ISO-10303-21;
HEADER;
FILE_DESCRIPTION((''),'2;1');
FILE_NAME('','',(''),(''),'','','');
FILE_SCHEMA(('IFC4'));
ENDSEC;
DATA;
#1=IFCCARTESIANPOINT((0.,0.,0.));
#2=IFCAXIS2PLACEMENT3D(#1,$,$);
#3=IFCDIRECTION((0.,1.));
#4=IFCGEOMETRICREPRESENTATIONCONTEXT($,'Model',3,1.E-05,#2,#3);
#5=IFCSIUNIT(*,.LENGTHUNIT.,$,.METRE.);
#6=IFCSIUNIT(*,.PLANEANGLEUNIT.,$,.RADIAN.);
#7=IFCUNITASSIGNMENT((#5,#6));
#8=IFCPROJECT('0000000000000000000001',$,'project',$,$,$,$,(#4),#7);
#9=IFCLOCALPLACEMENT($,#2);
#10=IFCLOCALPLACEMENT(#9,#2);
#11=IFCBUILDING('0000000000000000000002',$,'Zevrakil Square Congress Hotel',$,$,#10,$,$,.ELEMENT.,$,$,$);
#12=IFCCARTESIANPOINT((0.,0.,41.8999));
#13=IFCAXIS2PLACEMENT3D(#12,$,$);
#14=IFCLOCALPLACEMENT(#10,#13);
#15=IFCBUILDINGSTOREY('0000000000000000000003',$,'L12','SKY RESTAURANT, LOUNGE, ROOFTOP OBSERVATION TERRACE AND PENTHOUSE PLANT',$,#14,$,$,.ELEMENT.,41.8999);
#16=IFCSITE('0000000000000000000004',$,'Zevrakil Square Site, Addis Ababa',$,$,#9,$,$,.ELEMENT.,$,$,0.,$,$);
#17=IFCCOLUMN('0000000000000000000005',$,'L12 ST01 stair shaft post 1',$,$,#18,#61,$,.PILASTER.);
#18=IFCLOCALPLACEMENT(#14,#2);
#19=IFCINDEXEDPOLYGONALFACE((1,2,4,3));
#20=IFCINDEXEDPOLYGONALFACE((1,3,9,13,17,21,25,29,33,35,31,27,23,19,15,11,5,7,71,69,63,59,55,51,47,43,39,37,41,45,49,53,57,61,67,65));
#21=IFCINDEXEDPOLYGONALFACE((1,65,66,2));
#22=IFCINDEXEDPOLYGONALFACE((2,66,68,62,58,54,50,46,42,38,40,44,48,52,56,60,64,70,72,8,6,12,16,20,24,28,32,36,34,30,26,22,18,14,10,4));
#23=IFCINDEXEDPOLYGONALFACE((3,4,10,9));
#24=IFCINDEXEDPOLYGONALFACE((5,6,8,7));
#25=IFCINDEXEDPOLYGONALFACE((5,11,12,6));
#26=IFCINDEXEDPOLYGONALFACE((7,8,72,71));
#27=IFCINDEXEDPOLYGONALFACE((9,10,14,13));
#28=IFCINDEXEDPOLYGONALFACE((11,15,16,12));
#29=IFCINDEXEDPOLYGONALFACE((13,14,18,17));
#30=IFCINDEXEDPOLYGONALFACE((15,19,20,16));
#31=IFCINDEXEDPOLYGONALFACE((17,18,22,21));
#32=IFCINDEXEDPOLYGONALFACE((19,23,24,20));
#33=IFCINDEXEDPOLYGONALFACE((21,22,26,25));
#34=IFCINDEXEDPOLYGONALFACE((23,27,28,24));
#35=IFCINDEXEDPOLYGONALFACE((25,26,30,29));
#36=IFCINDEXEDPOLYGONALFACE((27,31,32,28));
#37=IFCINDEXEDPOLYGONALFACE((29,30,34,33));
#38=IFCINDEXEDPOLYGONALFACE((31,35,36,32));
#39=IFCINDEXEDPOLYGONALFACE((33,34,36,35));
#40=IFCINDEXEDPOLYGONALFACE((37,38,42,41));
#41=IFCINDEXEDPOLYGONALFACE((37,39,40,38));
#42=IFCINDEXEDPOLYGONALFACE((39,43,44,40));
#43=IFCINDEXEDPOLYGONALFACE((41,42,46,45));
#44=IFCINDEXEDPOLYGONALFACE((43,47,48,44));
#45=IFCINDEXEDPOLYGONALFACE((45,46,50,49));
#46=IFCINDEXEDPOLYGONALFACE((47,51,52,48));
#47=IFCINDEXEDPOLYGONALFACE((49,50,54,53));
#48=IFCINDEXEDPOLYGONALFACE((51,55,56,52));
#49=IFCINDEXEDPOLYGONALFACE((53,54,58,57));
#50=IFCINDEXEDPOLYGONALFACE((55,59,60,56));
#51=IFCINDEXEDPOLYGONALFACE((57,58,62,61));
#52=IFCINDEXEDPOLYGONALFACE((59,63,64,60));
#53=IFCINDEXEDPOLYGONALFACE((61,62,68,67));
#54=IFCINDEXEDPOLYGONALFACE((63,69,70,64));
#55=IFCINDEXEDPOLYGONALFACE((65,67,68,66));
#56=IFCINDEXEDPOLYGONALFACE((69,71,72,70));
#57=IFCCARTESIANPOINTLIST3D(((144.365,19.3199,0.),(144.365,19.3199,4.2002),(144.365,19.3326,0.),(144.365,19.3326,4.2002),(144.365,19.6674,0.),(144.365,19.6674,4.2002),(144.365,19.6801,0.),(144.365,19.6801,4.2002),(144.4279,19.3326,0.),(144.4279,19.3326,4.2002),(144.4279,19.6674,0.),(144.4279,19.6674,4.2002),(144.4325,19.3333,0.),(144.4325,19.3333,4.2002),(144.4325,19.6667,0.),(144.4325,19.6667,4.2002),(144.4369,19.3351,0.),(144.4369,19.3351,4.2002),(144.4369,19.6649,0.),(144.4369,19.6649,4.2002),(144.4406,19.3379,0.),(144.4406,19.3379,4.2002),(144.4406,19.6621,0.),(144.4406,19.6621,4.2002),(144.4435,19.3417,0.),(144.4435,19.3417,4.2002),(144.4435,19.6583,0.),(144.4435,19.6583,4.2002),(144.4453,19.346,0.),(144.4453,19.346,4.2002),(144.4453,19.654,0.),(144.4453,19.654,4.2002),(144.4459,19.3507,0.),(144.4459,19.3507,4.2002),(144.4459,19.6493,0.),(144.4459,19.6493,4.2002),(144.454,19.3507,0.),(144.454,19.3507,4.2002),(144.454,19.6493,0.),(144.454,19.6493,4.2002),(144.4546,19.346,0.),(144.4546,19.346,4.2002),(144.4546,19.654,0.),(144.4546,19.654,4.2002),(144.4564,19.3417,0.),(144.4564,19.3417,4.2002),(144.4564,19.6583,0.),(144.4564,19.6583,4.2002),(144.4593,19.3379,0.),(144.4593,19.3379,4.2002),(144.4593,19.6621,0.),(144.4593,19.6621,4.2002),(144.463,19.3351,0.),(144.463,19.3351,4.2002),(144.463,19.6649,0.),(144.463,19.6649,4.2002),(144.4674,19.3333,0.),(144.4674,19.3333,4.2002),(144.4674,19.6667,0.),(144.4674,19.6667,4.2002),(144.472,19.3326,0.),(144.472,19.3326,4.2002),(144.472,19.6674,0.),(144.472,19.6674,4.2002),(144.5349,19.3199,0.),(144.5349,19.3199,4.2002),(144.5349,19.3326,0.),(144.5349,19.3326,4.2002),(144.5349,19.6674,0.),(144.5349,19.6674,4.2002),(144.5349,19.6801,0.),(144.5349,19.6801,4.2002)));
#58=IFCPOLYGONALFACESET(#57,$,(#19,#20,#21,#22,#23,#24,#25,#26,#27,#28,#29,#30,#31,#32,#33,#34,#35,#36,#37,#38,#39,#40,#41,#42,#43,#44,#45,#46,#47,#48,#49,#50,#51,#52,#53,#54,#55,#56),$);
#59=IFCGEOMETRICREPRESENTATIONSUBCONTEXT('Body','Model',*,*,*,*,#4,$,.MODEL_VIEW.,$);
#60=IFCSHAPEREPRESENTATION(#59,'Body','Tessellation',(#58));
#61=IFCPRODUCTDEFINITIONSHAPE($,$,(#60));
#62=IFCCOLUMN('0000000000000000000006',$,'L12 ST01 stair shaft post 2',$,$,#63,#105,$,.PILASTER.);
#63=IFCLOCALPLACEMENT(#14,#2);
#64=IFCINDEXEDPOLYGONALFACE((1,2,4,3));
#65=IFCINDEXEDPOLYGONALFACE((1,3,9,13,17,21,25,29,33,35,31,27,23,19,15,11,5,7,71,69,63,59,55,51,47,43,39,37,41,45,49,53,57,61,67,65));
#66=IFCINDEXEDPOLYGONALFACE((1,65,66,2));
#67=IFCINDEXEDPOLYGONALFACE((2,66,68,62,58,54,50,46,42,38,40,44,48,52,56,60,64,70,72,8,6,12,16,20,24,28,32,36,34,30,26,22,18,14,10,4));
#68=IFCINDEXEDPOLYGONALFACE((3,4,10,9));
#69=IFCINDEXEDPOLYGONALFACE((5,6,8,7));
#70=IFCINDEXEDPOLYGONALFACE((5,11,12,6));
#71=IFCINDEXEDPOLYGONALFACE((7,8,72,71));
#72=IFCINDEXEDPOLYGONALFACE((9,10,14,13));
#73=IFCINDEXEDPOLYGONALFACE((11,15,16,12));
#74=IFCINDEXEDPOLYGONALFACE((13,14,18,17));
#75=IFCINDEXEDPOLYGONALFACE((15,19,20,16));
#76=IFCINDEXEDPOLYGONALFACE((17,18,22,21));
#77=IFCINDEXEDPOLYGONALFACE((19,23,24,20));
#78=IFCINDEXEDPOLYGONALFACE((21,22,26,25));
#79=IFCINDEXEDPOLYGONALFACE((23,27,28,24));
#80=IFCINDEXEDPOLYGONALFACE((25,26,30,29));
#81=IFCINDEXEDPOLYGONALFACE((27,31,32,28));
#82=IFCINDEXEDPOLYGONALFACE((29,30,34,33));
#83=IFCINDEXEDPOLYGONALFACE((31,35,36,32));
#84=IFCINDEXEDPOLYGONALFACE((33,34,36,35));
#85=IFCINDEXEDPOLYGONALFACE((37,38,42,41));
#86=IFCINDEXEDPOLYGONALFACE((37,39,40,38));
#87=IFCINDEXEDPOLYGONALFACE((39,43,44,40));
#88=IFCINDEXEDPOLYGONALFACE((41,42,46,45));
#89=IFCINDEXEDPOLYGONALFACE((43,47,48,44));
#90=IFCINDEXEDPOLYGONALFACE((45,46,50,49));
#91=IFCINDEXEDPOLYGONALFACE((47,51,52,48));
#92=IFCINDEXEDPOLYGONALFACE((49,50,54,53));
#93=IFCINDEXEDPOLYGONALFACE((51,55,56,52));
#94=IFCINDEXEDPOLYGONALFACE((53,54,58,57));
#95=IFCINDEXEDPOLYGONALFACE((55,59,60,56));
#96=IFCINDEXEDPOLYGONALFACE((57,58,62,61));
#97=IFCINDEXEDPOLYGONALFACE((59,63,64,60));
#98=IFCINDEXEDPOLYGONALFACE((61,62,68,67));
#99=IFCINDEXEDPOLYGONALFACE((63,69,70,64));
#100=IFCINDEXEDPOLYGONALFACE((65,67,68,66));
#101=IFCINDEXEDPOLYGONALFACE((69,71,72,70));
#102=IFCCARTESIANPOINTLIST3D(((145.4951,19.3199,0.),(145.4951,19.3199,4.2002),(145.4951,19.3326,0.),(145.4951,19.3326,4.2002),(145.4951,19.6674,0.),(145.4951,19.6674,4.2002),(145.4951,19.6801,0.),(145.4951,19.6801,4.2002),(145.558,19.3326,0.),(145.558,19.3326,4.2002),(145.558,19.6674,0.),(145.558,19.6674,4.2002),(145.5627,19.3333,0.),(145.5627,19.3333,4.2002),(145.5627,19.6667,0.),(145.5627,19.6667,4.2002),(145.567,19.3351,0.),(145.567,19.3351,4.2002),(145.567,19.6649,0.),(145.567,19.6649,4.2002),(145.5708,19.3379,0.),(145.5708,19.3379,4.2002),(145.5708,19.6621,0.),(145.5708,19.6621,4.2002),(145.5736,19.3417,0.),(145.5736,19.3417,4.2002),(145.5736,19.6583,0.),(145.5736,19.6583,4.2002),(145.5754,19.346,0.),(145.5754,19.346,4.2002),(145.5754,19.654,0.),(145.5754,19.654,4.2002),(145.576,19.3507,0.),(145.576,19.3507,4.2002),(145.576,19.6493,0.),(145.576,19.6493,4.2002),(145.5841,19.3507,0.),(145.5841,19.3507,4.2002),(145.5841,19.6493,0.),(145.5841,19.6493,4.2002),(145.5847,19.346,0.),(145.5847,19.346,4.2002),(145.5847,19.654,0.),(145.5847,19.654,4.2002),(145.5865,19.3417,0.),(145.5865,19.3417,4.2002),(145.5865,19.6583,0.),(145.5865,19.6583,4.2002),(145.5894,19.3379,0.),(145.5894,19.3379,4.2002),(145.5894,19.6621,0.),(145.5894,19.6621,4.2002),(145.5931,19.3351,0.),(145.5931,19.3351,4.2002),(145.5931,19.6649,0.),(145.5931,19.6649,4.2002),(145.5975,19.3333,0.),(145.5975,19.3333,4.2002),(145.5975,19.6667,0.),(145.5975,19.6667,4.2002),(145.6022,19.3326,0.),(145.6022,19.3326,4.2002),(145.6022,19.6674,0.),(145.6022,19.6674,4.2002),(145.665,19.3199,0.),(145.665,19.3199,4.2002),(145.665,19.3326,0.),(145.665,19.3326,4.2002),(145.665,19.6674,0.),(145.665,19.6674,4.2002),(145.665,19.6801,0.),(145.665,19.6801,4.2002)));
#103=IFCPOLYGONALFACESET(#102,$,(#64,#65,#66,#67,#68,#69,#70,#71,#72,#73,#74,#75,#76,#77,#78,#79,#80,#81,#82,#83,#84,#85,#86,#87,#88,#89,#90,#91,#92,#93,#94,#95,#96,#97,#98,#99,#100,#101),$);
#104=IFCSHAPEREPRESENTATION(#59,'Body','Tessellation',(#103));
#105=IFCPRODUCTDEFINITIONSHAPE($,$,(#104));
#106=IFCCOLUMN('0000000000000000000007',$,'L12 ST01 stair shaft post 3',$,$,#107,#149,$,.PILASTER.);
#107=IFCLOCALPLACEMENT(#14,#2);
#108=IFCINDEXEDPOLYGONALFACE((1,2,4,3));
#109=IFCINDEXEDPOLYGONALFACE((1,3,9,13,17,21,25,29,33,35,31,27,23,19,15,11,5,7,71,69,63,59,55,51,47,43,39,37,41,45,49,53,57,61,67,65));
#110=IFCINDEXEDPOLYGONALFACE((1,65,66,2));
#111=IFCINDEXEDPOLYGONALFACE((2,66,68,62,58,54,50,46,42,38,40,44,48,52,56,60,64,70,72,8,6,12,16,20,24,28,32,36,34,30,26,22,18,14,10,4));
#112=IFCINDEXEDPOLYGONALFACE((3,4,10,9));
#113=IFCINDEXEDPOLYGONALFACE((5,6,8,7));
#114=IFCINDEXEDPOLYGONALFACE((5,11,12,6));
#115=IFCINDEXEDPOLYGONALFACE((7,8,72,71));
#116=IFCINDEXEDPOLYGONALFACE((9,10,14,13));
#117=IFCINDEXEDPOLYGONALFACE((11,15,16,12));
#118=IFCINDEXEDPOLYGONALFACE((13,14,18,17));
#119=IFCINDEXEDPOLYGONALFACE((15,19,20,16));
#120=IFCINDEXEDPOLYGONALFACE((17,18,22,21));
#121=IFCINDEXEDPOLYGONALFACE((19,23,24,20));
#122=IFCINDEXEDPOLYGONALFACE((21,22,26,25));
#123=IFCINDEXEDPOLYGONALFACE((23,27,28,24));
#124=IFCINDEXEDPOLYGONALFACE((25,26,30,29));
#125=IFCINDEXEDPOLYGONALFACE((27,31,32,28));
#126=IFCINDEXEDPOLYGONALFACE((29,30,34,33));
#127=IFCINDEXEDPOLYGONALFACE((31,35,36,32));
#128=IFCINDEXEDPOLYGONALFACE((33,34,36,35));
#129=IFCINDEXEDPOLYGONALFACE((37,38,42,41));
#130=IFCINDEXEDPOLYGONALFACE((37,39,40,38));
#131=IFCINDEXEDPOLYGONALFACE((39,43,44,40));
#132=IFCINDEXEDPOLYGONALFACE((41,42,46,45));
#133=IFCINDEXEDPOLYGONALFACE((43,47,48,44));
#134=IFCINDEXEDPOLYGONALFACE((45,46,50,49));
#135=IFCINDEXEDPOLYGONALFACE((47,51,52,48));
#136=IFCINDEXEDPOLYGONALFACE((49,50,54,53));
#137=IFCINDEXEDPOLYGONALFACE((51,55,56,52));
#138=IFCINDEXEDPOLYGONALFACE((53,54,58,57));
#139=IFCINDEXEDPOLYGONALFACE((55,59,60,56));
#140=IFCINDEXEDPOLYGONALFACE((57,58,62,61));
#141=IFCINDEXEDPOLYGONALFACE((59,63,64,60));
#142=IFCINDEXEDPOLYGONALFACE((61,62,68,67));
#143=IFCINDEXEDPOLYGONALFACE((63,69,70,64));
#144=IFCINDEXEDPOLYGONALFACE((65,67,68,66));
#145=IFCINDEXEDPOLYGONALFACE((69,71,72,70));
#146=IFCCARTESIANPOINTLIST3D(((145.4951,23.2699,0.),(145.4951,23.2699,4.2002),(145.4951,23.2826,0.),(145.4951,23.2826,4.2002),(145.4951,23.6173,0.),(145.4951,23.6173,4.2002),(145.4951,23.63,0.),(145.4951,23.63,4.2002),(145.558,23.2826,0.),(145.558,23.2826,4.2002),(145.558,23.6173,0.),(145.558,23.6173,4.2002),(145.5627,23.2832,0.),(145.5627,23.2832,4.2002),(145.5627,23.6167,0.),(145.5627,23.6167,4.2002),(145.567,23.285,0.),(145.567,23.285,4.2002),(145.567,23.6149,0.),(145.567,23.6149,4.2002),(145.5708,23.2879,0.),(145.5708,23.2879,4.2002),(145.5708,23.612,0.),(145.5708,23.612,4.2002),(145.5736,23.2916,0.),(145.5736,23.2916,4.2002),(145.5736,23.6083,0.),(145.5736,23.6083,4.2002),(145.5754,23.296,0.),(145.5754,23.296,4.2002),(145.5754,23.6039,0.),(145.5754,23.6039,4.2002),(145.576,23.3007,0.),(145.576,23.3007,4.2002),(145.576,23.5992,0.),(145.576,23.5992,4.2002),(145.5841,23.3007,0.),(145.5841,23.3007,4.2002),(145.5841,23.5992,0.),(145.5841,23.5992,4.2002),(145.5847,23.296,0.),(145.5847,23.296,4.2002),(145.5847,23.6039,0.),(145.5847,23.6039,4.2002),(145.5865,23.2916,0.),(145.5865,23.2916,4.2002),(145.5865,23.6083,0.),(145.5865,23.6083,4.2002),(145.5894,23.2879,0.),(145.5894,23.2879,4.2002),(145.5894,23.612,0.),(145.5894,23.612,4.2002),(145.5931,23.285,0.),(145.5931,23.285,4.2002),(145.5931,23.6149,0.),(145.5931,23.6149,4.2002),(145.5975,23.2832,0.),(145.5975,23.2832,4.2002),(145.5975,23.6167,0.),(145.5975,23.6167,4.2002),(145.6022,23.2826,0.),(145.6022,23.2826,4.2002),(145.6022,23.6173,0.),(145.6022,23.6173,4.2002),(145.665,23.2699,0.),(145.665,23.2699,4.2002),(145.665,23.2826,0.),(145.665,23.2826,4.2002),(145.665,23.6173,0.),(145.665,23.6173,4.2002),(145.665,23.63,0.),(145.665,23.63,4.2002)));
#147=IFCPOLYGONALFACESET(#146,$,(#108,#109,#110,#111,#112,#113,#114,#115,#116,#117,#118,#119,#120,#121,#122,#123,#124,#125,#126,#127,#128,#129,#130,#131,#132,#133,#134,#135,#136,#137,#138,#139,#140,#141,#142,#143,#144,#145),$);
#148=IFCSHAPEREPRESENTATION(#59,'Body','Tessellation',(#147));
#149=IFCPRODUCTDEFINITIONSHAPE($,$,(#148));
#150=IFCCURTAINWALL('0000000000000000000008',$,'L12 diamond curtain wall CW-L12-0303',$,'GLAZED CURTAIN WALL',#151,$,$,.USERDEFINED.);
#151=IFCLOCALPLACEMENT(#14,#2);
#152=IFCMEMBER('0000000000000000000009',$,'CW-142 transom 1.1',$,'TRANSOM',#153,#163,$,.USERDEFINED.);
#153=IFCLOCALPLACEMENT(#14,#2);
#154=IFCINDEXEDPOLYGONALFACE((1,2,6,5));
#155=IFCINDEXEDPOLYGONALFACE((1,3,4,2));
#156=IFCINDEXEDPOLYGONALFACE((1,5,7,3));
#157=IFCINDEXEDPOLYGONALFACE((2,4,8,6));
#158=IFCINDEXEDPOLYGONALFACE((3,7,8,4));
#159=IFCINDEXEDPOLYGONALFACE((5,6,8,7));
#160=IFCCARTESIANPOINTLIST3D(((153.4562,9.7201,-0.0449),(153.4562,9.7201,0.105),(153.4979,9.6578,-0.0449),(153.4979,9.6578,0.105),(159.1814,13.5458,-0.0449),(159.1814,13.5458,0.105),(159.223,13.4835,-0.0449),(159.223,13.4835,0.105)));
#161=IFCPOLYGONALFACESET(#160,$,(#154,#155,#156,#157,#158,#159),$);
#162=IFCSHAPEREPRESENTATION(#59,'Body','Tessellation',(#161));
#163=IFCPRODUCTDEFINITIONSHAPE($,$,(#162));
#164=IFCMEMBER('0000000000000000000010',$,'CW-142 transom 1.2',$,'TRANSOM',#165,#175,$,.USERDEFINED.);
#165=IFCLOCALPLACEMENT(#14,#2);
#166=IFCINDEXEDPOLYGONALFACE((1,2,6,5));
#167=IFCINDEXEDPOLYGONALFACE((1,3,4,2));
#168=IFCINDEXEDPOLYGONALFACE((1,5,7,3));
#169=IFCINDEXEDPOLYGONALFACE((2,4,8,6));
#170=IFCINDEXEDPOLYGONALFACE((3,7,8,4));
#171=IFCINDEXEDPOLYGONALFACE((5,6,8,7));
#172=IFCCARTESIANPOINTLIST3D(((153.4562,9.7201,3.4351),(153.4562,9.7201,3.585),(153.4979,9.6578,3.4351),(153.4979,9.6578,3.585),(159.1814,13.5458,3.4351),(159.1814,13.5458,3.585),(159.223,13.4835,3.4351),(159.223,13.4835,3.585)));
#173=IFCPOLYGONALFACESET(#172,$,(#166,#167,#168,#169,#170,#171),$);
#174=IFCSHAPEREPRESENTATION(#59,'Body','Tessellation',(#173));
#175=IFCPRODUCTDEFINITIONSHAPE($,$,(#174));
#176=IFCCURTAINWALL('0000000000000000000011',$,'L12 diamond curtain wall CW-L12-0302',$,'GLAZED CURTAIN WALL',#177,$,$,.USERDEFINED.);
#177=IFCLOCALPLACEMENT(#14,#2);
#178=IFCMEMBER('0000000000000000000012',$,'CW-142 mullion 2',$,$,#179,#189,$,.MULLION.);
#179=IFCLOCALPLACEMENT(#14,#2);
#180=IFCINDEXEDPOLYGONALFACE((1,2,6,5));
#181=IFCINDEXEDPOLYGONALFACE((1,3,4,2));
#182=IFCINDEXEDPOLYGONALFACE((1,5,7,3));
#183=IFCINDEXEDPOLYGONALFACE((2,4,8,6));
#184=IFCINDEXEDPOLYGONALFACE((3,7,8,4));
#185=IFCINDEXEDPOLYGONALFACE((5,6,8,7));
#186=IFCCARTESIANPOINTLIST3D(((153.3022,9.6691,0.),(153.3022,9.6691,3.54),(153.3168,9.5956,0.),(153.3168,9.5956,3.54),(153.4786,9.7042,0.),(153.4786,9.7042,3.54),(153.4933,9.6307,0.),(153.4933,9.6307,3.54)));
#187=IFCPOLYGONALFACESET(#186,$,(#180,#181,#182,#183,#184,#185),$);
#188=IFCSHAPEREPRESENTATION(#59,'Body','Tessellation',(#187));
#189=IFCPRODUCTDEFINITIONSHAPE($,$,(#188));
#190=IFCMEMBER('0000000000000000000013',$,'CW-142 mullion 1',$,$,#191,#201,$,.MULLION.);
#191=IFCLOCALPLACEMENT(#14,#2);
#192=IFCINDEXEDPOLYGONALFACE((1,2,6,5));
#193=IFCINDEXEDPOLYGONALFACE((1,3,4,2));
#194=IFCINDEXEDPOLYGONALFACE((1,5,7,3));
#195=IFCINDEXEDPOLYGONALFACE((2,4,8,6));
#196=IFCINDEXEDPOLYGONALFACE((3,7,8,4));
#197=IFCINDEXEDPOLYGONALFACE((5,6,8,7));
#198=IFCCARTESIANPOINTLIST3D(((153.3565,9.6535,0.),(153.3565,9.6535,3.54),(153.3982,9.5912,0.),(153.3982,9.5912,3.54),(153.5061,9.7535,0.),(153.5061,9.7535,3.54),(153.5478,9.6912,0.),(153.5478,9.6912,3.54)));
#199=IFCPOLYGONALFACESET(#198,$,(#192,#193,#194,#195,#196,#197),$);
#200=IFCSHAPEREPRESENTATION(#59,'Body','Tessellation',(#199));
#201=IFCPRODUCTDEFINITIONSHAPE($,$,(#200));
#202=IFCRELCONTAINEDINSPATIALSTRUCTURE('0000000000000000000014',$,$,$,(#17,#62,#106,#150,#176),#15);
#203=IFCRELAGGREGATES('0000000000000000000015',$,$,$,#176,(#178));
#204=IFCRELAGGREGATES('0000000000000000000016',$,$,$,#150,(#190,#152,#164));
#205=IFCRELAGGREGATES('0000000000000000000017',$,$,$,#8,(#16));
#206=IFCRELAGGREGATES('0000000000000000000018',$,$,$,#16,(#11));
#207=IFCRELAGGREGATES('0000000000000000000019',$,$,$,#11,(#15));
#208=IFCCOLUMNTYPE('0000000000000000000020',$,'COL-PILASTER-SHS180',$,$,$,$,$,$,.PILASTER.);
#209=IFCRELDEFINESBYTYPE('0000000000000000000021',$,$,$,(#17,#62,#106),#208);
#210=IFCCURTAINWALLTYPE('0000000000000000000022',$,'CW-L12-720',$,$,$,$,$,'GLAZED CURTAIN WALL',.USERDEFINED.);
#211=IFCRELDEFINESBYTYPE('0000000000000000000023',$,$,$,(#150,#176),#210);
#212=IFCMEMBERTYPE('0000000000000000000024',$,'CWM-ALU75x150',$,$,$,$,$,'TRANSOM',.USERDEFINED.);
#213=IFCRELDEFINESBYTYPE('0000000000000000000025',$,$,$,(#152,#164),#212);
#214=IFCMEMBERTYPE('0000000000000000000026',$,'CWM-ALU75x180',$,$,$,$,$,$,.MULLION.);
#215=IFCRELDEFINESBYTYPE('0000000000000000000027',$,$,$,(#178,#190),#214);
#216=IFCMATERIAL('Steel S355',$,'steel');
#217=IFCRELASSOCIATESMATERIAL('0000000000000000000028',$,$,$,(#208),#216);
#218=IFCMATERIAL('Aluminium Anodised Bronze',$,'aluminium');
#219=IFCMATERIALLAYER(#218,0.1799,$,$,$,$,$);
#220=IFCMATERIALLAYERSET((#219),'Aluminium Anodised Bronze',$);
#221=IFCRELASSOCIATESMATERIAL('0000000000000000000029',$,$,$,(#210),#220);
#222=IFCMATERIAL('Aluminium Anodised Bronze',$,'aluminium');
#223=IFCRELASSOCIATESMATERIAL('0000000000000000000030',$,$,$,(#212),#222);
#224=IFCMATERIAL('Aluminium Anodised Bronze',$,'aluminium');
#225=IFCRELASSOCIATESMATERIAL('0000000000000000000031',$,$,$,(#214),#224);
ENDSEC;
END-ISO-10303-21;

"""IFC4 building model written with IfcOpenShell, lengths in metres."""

from ifc_helpers import new_model, si_unit, direction, frame, origin, origin_2d, place, context, subcontext, project, spatial, rectangle, i_section, extrude, material, layer, layer_set, material_profile, profile_set, type_object, element, aggregate, save


model = new_model("IFC4")

# Units and contexts
model_context = context("Model", 3, precision=1e-05, world=origin(), true_north=direction((0.0, 1.0)))
body_context = subcontext(model_context, "Body", "Model", "MODEL_VIEW")
ifc_project = project(units=[si_unit("LENGTHUNIT", "METRE"), si_unit("PLANEANGLEUNIT", "RADIAN")], contexts=[model_context])

# Site, building, storey
site_placement = place(None, origin())
site = spatial("IfcSite", under=ifc_project, at=site_placement, Name="Zevrakil Square Site, Addis Ababa", CompositionType="ELEMENT", RefElevation=0.0)
building_placement = place(site_placement, origin())
building = spatial("IfcBuilding", under=site, at=building_placement, Name="Zevrakil Square Congress Hotel", CompositionType="ELEMENT")
storey_placement = place(building_placement, frame((0.0, 0.0, 41.8999)))
storey = spatial("IfcBuildingStorey", under=building, at=storey_placement, Name="L12", Description="SKY RESTAURANT, LOUNGE, ROOFTOP OBSERVATION TERRACE AND PENTHOUSE PLANT", CompositionType="ELEMENT", Elevation=41.8999)

# Columns
ifc_material_1 = material(Name="Steel S355", Category="steel")
ifc_material_profile_1 = material_profile(ifc_material_1, i_section(OverallWidth=0.1699, OverallDepth=0.3601, WebThickness=0.0081, FlangeThickness=0.0127, FilletRadius=0.0181, at=origin_2d()), Name="IPE 360")
ifc_profile_set_1 = profile_set([ifc_material_profile_1], Name="Steel S355")
column_type = type_object("IfcColumnType", Name="COL-PILASTER-SHS180", PredefinedType="PILASTER", material=ifc_profile_set_1)
for number, where, z_axis, x_axis, name in (
    (1, (144.45, 19.5, 0.0), (0.0, 0.0, 1.0), (1.0, 0.0, 0.0), "L12 ST01 stair shaft post 1"),
    (2, (145.5801, 19.5, 0.0), (0.0, 0.0, 1.0), (1.0, 0.0, 0.0), "L12 ST01 stair shaft post 2"),
    (3, (145.5801, 23.45, 0.0), (0.0, 0.0, 1.0), (1.0, 0.0, 0.0), "L12 ST01 stair shaft post 3"),
):
    element("IfcColumn", number, at=place(storey_placement, frame(where, z_axis=z_axis, x_axis=x_axis)), inside=storey, type_object=column_type, Name=name, PredefinedType="PILASTER", context=body_context, shape_type="SweptSolid", body=[
        extrude(i_section(OverallWidth=0.1699, OverallDepth=0.3601, WebThickness=0.0081, FlangeThickness=0.0127, FilletRadius=0.0181, at=origin_2d()), origin(), (0.0, 0.0, 1.0), 4.2002),
    ])

# Curtain wall, members
ifc_material_2 = material(Name="Aluminium Anodised Bronze", Category="aluminium")
ifc_layer_1 = layer(ifc_material_2, 0.1799)
ifc_layer_set_1 = layer_set([ifc_layer_1], Name="Aluminium Anodised Bronze")
curtain_wall_type = type_object("IfcCurtainWallType", Name="CW-L12-720", ElementType="GLAZED CURTAIN WALL", PredefinedType="USERDEFINED", material=ifc_layer_set_1)
curtain_wall_1_placement = place(storey_placement, origin())
curtain_wall_1 = element("IfcCurtainWall", 4, at=curtain_wall_1_placement, inside=storey, type_object=curtain_wall_type, Name="L12 diamond curtain wall CW-L12-0303", ObjectType="GLAZED CURTAIN WALL", PredefinedType="USERDEFINED")
ifc_material_3 = material(Name="Aluminium Anodised Bronze", Category="aluminium")
ifc_material_profile_2 = material_profile(ifc_material_3, rectangle(XDim=0.075, YDim=0.1499, at=origin_2d()), Name="ALU 75x150")
ifc_profile_set_2 = profile_set([ifc_material_profile_2], Name="Aluminium Anodised Bronze")
member_type_1 = type_object("IfcMemberType", Name="CWM-ALU75x150", ElementType="TRANSOM", PredefinedType="USERDEFINED", material=ifc_profile_set_2)
member_1_placement = place(storey_placement, frame((153.4771, 9.689, 0.03), z_axis=(0.83145, 0.5556, 0.0), x_axis=(-0.5556, 0.83145, 0.0)))
member_1 = element("IfcMember", 5, at=member_1_placement, type_object=member_type_1, Name="CW-142 transom 1.1", ObjectType="TRANSOM", PredefinedType="USERDEFINED", context=body_context, shape_type="SweptSolid", body=[
    extrude(rectangle(XDim=0.075, YDim=0.1499, at=origin_2d()), origin(), (0.0, 0.0, 1.0), 6.8857),
])
member_2_placement = place(storey_placement, frame((153.4771, 9.689, 3.51), z_axis=(0.83145, 0.5556, 0.0), x_axis=(-0.5556, 0.83145, 0.0)))
member_2 = element("IfcMember", 6, at=member_2_placement, type_object=member_type_1, Name="CW-142 transom 1.2", ObjectType="TRANSOM", PredefinedType="USERDEFINED", context=body_context, shape_type="SweptSolid", body=[
    extrude(rectangle(XDim=0.075, YDim=0.1499, at=origin_2d()), origin(), (0.0, 0.0, 1.0), 6.8857),
])

# Curtain wall, member
curtain_wall_2_placement = place(storey_placement, origin())
curtain_wall_2 = element("IfcCurtainWall", 7, at=curtain_wall_2_placement, inside=storey, type_object=curtain_wall_type, Name="L12 diamond curtain wall CW-L12-0302", ObjectType="GLAZED CURTAIN WALL", PredefinedType="USERDEFINED")
ifc_material_4 = material(Name="Aluminium Anodised Bronze", Category="aluminium")
ifc_material_profile_3 = material_profile(ifc_material_4, rectangle(XDim=0.075, YDim=0.1799, at=origin_2d()), Name="ALU 75x180")
ifc_profile_set_3 = profile_set([ifc_material_profile_3], Name="Aluminium Anodised Bronze")
member_type_2 = type_object("IfcMemberType", Name="CWM-ALU75x180", PredefinedType="MULLION", material=ifc_profile_set_3)
member_3_placement = place(storey_placement, frame((153.3977, 9.6499, 0.0), z_axis=(0.0, 0.0, 1.0), x_axis=(-0.195084, 0.980787, 0.0)))
member_3 = element("IfcMember", 8, at=member_3_placement, type_object=member_type_2, Name="CW-142 mullion 2", PredefinedType="MULLION", context=body_context, shape_type="SweptSolid", body=[
    extrude(rectangle(XDim=0.075, YDim=0.1799, at=origin_2d()), origin(), (0.0, 0.0, 1.0), 3.54),
])
aggregate(curtain_wall_2, [member_3])

# Member
member_4_placement = place(storey_placement, frame((153.4521, 9.6724, 0.0), z_axis=(0.0, 0.0, 1.0), x_axis=(-0.555576, 0.831466, 0.0)))
member_4 = element("IfcMember", 9, at=member_4_placement, type_object=member_type_2, Name="CW-142 mullion 1", PredefinedType="MULLION", context=body_context, shape_type="SweptSolid", body=[
    extrude(rectangle(XDim=0.075, YDim=0.1799, at=origin_2d()), origin(), (0.0, 0.0, 1.0), 3.54),
])
aggregate(curtain_wall_1, [member_4, member_1, member_2])

save(model, "model.ifc")
